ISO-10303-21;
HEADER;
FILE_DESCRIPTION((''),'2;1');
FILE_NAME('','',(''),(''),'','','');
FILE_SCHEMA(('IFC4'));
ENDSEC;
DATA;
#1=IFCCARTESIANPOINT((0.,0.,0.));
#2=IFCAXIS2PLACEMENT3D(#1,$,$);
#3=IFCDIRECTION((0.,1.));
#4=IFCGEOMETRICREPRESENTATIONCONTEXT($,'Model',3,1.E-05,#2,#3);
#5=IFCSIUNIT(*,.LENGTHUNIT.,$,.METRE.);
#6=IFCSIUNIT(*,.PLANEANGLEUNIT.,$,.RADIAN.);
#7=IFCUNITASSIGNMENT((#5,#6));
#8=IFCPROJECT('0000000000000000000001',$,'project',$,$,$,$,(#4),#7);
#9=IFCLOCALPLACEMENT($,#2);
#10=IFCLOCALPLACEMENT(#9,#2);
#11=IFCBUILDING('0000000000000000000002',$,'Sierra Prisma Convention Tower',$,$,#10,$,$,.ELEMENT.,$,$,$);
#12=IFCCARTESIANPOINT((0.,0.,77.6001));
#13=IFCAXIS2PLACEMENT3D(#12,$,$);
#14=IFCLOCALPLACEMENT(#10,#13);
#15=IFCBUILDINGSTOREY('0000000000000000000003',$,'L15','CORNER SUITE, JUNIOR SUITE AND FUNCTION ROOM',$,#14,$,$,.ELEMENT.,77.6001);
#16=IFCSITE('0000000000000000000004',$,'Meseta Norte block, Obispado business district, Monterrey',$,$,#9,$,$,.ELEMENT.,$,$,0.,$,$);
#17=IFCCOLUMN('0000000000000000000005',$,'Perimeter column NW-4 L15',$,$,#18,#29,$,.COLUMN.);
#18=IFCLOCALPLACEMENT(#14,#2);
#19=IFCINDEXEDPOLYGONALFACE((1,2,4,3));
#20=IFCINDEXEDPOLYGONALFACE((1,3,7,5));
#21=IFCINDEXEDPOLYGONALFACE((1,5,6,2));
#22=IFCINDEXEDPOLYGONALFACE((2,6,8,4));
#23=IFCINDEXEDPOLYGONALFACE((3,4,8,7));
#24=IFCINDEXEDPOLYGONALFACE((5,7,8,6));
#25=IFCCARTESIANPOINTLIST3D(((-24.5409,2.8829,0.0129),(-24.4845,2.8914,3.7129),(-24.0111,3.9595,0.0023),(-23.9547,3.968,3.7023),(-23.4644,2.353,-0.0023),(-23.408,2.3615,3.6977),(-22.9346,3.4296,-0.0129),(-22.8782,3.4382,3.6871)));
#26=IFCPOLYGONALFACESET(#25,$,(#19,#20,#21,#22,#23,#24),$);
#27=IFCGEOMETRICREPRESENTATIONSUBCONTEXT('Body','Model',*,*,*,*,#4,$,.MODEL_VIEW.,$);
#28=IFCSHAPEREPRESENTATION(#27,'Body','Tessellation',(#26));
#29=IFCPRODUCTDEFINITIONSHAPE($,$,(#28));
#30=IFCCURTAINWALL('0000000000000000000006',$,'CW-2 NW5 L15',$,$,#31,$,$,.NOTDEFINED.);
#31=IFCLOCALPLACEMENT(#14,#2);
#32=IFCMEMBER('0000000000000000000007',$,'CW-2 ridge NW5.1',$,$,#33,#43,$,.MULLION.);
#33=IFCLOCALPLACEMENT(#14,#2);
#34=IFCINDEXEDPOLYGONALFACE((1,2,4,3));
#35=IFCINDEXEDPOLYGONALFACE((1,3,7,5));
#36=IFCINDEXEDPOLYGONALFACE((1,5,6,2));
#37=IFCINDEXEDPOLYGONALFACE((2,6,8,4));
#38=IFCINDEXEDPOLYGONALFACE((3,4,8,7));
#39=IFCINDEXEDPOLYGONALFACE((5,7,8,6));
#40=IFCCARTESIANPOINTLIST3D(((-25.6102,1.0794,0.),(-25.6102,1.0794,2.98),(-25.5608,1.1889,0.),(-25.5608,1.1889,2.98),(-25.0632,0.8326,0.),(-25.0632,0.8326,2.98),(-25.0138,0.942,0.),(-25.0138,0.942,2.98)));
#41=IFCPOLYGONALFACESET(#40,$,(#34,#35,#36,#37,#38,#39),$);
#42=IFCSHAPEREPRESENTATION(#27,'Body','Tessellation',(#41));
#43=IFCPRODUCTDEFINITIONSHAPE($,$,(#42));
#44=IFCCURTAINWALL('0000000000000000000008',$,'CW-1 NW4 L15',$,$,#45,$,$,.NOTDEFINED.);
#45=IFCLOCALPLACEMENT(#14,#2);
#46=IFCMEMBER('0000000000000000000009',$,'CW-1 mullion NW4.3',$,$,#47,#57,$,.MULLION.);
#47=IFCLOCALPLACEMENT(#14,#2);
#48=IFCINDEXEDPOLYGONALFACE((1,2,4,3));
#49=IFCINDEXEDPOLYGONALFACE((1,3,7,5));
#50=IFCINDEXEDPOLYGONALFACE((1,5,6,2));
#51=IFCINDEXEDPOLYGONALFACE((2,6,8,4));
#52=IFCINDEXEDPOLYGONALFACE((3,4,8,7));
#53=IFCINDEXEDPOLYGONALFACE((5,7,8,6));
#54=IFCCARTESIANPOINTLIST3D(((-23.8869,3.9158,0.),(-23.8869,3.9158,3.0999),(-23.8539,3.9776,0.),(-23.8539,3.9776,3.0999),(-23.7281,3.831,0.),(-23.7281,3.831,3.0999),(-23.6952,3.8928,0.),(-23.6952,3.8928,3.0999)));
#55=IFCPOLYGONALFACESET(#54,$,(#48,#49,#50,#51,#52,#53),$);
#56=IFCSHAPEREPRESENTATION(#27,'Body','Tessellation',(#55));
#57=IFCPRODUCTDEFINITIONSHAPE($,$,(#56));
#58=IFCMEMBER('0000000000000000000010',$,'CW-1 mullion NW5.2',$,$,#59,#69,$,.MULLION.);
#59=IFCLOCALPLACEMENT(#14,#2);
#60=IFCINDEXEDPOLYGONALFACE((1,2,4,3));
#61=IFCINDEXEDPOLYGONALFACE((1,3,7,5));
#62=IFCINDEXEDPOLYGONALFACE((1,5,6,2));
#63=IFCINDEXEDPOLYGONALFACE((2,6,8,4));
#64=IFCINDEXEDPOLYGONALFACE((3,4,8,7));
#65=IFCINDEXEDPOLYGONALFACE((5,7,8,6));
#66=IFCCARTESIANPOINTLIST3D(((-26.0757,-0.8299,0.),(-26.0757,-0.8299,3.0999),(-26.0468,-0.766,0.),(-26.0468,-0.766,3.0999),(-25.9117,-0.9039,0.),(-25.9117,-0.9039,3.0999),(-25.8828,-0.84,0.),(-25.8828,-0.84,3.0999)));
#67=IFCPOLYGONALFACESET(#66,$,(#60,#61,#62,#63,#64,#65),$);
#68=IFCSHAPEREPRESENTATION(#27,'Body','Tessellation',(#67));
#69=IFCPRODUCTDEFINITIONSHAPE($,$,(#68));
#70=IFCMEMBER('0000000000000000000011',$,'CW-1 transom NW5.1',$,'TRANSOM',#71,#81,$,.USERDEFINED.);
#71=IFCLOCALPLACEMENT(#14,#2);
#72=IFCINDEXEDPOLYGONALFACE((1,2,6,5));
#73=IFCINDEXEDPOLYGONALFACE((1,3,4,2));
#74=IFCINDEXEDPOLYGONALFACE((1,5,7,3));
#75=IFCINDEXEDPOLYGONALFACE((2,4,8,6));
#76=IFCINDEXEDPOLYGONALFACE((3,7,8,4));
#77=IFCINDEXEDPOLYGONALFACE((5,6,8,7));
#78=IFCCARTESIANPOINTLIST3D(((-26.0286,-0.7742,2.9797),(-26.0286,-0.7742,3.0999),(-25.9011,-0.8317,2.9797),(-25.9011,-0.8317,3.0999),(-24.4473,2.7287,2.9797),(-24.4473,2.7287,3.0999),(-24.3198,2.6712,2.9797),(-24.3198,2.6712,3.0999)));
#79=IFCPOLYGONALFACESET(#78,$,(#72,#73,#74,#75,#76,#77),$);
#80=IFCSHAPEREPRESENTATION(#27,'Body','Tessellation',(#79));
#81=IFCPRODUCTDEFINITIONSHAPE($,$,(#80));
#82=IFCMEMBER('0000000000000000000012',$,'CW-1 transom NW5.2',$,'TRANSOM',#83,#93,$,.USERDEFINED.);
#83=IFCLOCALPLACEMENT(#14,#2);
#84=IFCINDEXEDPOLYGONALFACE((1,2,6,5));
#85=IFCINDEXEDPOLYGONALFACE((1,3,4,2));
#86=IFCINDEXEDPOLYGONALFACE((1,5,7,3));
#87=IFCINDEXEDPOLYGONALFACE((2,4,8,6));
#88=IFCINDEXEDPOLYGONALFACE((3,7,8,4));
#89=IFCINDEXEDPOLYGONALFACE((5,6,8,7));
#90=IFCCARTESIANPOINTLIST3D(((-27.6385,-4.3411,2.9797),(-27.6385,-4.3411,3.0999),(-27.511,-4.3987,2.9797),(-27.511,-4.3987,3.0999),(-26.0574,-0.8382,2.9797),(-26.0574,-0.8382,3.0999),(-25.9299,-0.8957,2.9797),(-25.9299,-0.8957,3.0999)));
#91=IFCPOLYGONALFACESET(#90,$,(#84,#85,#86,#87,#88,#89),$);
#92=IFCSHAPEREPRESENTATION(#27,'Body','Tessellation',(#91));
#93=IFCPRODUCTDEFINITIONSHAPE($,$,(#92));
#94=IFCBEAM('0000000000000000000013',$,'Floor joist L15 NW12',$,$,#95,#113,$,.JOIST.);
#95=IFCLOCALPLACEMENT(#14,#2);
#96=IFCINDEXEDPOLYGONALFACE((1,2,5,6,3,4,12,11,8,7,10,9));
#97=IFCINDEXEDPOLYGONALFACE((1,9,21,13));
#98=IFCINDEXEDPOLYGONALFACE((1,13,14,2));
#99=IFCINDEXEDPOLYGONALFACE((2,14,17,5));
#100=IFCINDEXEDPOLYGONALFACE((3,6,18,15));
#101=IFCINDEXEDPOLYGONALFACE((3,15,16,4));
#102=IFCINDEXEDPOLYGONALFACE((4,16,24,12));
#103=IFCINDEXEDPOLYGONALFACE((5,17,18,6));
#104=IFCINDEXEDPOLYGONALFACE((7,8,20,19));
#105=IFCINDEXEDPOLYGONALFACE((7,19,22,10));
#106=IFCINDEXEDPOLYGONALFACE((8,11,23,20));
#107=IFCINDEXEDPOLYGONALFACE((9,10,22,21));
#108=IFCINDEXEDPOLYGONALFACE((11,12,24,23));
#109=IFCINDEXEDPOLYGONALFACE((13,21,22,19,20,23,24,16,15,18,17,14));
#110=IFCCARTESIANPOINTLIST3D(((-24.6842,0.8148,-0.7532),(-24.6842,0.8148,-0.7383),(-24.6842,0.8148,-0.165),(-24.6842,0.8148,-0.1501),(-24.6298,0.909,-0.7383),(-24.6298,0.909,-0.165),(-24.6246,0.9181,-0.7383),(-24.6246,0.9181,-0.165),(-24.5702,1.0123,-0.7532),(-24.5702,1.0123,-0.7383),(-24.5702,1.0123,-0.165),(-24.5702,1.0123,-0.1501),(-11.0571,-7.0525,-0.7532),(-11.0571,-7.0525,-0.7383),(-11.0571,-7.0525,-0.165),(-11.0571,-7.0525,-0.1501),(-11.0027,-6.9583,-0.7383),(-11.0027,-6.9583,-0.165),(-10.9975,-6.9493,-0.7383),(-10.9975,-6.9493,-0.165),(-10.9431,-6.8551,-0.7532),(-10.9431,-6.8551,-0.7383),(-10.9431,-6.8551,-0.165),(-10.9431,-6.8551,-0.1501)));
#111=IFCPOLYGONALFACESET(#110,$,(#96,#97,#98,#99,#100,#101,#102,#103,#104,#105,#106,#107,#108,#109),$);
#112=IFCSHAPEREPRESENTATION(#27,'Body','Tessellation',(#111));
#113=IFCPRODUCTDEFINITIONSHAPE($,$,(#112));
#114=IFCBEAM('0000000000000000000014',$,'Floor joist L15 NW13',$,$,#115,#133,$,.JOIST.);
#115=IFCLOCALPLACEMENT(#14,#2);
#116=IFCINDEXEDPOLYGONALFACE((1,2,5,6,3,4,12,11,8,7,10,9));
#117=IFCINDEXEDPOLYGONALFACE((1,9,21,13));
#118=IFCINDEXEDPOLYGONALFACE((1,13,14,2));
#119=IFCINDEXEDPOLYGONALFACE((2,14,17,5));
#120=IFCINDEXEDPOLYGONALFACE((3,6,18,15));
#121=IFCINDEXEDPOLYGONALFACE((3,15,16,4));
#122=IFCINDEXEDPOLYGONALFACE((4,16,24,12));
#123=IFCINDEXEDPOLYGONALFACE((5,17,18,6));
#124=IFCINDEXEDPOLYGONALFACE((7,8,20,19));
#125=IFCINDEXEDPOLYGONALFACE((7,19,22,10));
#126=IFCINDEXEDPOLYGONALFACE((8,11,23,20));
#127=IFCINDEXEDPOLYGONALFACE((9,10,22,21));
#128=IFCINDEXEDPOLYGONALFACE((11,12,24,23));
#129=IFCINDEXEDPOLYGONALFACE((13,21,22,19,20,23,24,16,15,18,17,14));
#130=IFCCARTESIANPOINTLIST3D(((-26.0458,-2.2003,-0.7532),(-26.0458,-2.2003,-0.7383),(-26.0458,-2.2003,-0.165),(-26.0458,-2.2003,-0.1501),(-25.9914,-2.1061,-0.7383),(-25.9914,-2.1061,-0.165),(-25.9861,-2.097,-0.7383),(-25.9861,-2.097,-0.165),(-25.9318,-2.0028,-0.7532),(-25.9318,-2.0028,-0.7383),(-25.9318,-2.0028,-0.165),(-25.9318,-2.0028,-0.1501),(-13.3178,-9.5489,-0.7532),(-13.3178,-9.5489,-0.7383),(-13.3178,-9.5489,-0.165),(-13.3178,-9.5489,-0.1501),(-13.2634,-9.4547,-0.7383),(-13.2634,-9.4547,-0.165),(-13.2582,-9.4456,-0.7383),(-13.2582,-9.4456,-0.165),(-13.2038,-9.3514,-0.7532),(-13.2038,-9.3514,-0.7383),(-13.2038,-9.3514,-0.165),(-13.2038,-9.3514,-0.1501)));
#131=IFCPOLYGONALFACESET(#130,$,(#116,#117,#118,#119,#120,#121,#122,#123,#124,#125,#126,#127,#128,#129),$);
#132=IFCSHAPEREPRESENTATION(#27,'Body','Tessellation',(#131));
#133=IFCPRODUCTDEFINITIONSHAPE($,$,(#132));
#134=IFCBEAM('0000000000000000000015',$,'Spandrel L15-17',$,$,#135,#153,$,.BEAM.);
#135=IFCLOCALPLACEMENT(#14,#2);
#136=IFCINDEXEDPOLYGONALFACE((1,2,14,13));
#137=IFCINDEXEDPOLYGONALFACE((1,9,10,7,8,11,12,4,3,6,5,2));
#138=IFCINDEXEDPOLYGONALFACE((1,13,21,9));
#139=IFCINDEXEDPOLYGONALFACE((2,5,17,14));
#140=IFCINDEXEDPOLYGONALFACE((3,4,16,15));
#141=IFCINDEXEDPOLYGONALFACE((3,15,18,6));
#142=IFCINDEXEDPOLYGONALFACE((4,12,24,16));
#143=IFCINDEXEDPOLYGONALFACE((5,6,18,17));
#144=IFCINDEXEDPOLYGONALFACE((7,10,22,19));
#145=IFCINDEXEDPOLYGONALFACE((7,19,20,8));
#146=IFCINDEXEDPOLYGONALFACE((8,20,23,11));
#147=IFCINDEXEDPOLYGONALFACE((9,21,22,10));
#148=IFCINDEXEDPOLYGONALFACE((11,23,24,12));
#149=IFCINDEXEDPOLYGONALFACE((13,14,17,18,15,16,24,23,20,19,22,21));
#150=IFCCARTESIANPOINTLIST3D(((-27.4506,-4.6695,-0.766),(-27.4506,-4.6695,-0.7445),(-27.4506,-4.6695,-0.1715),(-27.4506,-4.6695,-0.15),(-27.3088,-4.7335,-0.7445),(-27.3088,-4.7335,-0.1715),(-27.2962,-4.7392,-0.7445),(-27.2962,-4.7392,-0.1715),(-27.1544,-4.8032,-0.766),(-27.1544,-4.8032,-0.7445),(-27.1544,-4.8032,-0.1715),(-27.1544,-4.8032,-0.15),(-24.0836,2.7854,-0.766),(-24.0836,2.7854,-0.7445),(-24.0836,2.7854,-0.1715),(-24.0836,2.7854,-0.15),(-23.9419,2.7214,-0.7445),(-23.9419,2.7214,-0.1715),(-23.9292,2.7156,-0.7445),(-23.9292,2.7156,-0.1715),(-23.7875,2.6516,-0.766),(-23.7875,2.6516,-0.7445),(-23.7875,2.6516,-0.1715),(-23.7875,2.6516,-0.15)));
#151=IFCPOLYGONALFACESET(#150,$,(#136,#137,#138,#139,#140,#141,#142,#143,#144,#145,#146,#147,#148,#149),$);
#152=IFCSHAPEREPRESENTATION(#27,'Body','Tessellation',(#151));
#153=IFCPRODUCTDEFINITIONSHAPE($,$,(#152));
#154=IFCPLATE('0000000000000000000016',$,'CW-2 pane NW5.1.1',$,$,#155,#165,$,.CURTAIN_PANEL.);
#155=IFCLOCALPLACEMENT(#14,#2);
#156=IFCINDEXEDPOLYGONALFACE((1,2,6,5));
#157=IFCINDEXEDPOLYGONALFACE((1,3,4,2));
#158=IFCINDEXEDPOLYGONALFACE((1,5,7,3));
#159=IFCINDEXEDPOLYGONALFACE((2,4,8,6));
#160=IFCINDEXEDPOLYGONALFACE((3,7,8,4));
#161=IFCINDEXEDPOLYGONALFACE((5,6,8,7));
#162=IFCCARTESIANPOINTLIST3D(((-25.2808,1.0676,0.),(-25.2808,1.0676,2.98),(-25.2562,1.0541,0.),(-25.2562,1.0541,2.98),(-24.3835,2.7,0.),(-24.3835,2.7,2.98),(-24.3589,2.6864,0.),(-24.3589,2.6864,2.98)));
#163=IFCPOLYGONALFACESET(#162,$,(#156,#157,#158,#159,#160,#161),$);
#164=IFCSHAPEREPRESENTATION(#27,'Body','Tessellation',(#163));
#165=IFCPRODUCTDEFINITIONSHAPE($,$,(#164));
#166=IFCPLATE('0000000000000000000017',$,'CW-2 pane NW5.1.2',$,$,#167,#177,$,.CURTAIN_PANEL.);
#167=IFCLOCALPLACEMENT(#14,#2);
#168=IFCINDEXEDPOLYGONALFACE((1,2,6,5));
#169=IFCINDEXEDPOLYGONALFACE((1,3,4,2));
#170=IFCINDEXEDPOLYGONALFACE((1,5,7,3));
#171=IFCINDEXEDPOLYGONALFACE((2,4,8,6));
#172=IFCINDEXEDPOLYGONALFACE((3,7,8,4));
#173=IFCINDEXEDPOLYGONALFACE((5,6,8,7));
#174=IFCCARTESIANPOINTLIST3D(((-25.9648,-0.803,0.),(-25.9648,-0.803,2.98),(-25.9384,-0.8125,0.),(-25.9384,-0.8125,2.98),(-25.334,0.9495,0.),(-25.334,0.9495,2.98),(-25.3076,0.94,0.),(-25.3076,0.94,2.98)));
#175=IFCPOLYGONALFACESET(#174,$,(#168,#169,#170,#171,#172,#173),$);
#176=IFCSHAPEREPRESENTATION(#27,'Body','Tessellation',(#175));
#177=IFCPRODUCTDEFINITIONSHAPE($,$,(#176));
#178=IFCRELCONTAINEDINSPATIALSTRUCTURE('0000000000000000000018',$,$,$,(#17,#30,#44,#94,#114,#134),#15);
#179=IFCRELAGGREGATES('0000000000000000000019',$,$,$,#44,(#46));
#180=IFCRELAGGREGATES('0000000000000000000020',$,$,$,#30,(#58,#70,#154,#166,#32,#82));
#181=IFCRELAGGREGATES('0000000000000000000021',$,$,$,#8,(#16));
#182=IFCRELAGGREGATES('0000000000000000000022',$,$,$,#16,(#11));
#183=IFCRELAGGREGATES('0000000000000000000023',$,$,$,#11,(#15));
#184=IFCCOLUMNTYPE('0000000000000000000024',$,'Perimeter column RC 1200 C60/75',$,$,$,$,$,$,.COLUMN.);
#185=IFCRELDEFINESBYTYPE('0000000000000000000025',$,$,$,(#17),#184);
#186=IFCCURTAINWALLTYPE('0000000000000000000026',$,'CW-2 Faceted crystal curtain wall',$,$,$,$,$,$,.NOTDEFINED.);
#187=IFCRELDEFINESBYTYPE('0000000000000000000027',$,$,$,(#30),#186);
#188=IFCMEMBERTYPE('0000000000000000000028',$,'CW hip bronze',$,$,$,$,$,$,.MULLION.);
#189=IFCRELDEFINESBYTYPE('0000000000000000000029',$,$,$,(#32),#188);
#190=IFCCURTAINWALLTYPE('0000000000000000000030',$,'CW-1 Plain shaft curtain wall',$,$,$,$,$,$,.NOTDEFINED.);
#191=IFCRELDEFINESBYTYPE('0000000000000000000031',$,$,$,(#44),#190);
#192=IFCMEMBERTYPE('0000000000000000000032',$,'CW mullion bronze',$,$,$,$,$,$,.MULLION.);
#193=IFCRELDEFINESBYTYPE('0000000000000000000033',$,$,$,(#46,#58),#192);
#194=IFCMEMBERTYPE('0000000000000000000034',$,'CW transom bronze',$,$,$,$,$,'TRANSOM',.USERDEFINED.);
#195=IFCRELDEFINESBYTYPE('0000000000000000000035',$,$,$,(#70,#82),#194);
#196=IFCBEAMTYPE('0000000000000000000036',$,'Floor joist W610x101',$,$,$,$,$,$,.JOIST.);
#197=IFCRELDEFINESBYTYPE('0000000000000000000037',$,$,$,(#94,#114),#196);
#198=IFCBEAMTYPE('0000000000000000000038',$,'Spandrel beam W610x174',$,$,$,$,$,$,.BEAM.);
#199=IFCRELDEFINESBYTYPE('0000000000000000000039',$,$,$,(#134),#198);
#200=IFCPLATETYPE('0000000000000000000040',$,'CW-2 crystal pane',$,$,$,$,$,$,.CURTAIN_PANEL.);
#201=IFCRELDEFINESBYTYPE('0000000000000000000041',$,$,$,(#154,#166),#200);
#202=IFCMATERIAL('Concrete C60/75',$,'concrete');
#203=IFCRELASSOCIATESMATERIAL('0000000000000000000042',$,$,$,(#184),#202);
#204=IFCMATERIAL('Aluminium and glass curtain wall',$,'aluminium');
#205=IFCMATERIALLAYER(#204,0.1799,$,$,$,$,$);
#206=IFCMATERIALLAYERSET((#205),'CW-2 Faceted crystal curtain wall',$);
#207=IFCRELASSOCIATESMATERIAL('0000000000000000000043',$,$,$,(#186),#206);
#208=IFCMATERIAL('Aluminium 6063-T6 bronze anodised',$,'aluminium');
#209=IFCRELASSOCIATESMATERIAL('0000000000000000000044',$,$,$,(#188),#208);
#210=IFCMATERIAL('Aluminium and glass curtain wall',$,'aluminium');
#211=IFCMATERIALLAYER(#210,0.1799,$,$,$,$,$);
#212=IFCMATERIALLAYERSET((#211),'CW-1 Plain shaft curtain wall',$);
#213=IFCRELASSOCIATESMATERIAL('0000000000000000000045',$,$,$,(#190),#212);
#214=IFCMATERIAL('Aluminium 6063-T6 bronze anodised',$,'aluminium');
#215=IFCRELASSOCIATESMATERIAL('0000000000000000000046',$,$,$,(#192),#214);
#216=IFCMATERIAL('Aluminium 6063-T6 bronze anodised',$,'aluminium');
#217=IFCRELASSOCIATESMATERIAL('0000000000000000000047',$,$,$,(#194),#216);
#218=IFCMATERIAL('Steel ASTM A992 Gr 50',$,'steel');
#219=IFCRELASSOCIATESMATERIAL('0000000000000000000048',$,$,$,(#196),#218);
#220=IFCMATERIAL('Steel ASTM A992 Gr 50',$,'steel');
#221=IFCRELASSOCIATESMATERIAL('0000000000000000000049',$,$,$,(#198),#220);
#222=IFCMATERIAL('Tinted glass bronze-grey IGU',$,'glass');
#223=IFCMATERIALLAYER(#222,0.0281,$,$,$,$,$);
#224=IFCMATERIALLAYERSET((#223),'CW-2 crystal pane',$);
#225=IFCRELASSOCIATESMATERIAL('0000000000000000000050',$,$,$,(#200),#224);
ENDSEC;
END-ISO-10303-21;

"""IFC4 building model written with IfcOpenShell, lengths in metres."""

from ifc_helpers import new_model, si_unit, direction, frame, origin, origin_2d, place, context, subcontext, project, spatial, polyline, rectangle, i_section, outline, extrude, material, layer, layer_set, material_profile, profile_set, type_object, element, aggregate, save


model = new_model("IFC4")

# Units and contexts
model_context = context("Model", 3, precision=1e-05, world=origin(), true_north=direction((0.0, 1.0)))
body_context = subcontext(model_context, "Body", "Model", "MODEL_VIEW")
ifc_project = project(units=[si_unit("LENGTHUNIT", "METRE"), si_unit("PLANEANGLEUNIT", "RADIAN")], contexts=[model_context])

# Site, building, storey
site_placement = place(None, origin())
site = spatial("IfcSite", under=ifc_project, at=site_placement, Name="Meseta Norte block, Obispado business district, Monterrey", CompositionType="ELEMENT", RefElevation=0.0)
building_placement = place(site_placement, origin())
building = spatial("IfcBuilding", under=site, at=building_placement, Name="Sierra Prisma Convention Tower", CompositionType="ELEMENT")
storey_placement = place(building_placement, frame((0.0, 0.0, 77.6001)))
storey = spatial("IfcBuildingStorey", under=building, at=storey_placement, Name="L15", Description="CORNER SUITE, JUNIOR SUITE AND FUNCTION ROOM", CompositionType="ELEMENT", Elevation=77.6001)

# Column
ifc_material_1 = material(Name="Concrete C60/75", Category="concrete")
ifc_material_profile_1 = material_profile(ifc_material_1, rectangle(XDim=1.2, YDim=1.2, at=origin_2d()), Name="Perimeter column RC 1200 C60/75")
ifc_profile_set_1 = profile_set([ifc_material_profile_1], Name="Concrete C60/75")
column_type = type_object("IfcColumnType", Name="Perimeter column RC 1200 C60/75", PredefinedType="COLUMN", material=ifc_profile_set_1)
column_placement = place(storey_placement, frame((-23.7378, 3.1562, 0.0), z_axis=(0.015241, 0.002309, 0.999881), x_axis=(0.441517, 0.89721, -0.008802)))
element("IfcColumn", 1, at=column_placement, inside=storey, type_object=column_type, Name="Perimeter column NW-4 L15", PredefinedType="COLUMN", context=body_context, shape_type="SweptSolid", body=[
    extrude(rectangle(XDim=1.2, YDim=1.2, at=origin_2d()), origin(), (0.0, 0.0, 1.0), 3.7004),
])

# Curtain walls, members
ifc_material_2 = material(Name="Aluminium and glass curtain wall", Category="aluminium")
ifc_layer_1 = layer(ifc_material_2, 0.1799)
ifc_layer_set_1 = layer_set([ifc_layer_1], Name="CW-2 Faceted crystal curtain wall")
curtain_wall_type_1 = type_object("IfcCurtainWallType", Name="CW-2 Faceted crystal curtain wall", PredefinedType="NOTDEFINED", material=ifc_layer_set_1)
curtain_wall_1_placement = place(storey_placement, origin())
curtain_wall_1 = element("IfcCurtainWall", 2, at=curtain_wall_1_placement, inside=storey, type_object=curtain_wall_type_1, Name="CW-2 NW5 L15", PredefinedType="NOTDEFINED")
ifc_material_3 = material(Name="Aluminium 6063-T6 bronze anodised", Category="aluminium")
ifc_material_profile_2 = material_profile(ifc_material_3, rectangle(XDim=0.1201, YDim=0.6001, at=origin_2d()), Name="ALU RIDGE BLADE 120x600")
ifc_profile_set_2 = profile_set([ifc_material_profile_2], Name="Aluminium 6063-T6 bronze anodised")
member_type_1 = type_object("IfcMemberType", Name="CW hip bronze", PredefinedType="MULLION", material=ifc_profile_set_2)
member_1_placement = place(storey_placement, frame((-25.312, 1.0107, 0.0), z_axis=(0.0, 0.0, 1.0), x_axis=(-0.411426, -0.911443, 0.0)))
member_1 = element("IfcMember", 3, at=member_1_placement, type_object=member_type_1, Name="CW-2 ridge NW5.1", PredefinedType="MULLION", context=body_context, shape_type="SweptSolid", body=[
    extrude(rectangle(XDim=0.1201, YDim=0.6001, at=origin_2d()), origin(), (0.0, 0.0, 1.0), 2.98),
])
ifc_material_4 = material(Name="Aluminium and glass curtain wall", Category="aluminium")
ifc_layer_2 = layer(ifc_material_4, 0.1799)
ifc_layer_set_2 = layer_set([ifc_layer_2], Name="CW-1 Plain shaft curtain wall")
curtain_wall_type_2 = type_object("IfcCurtainWallType", Name="CW-1 Plain shaft curtain wall", PredefinedType="NOTDEFINED", material=ifc_layer_set_2)
curtain_wall_2_placement = place(storey_placement, origin())
curtain_wall_2 = element("IfcCurtainWall", 4, at=curtain_wall_2_placement, inside=storey, type_object=curtain_wall_type_2, Name="CW-1 NW4 L15", PredefinedType="NOTDEFINED")
ifc_material_5 = material(Name="Aluminium 6063-T6 bronze anodised", Category="aluminium")
ifc_material_profile_3 = material_profile(ifc_material_5, rectangle(XDim=0.1799, YDim=0.0701, at=origin_2d()), Name="ALU MULLION 70x180")
ifc_profile_set_3 = profile_set([ifc_material_profile_3], Name="Aluminium 6063-T6 bronze anodised")
member_type_2 = type_object("IfcMemberType", Name="CW mullion bronze", PredefinedType="MULLION", material=ifc_profile_set_3)
member_2_placement = place(storey_placement, frame((-23.791, 3.9043, 0.0), z_axis=(0.0, 0.0, 1.0), x_axis=(0.882184, -0.470904, 0.0)))
member_2 = element("IfcMember", 5, at=member_2_placement, type_object=member_type_2, Name="CW-1 mullion NW4.3", PredefinedType="MULLION", context=body_context, shape_type="SweptSolid", body=[
    extrude(rectangle(XDim=0.1799, YDim=0.0701, at=origin_2d()), origin(), (0.0, 0.0, 1.0), 3.0999),
])
aggregate(curtain_wall_2, [member_2])

# Members
member_3_placement = place(storey_placement, frame((-25.9792, -0.835, 0.0), z_axis=(0.0, 0.0, 1.0), x_axis=(0.911443, -0.411426, 0.0)))
member_3 = element("IfcMember", 6, at=member_3_placement, type_object=member_type_2, Name="CW-1 mullion NW5.2", PredefinedType="MULLION", context=body_context, shape_type="SweptSolid", body=[
    extrude(rectangle(XDim=0.1799, YDim=0.0701, at=origin_2d()), origin(), (0.0, 0.0, 1.0), 3.0999),
])
ifc_material_6 = material(Name="Aluminium 6063-T6 bronze anodised", Category="aluminium")
ifc_material_profile_4 = material_profile(ifc_material_6, rectangle(XDim=0.1399, YDim=0.1201, at=origin_2d()), Name="ALU TRANSOM 120x140")
ifc_profile_set_4 = profile_set([ifc_material_profile_4], Name="Aluminium 6063-T6 bronze anodised")
member_type_3 = type_object("IfcMemberType", Name="CW transom bronze", ElementType="TRANSOM", PredefinedType="USERDEFINED", material=ifc_profile_set_4)
member_4_placement = place(storey_placement, frame((-24.3835, 2.7, 3.0398), z_axis=(-0.411442, -0.911436, 0.0), x_axis=(0.911436, -0.411442, 0.0)))
member_4 = element("IfcMember", 7, at=member_4_placement, type_object=member_type_3, Name="CW-1 transom NW5.1", ObjectType="TRANSOM", PredefinedType="USERDEFINED", context=body_context, shape_type="SweptSolid", body=[
    extrude(rectangle(XDim=0.1399, YDim=0.1201, at=origin_2d()), origin(), (0.0, 0.0, 1.0), 3.8433),
])
member_5_placement = place(storey_placement, frame((-25.9937, -0.8669, 3.0398), z_axis=(-0.411389, -0.91146, 0.0), x_axis=(0.91146, -0.411389, 0.0)))
member_5 = element("IfcMember", 8, at=member_5_placement, type_object=member_type_3, Name="CW-1 transom NW5.2", ObjectType="TRANSOM", PredefinedType="USERDEFINED", context=body_context, shape_type="SweptSolid", body=[
    extrude(rectangle(XDim=0.1399, YDim=0.1201, at=origin_2d()), origin(), (0.0, 0.0, 1.0), 3.8433),
])

# Beams
ifc_material_7 = material(Name="Steel ASTM A992 Gr 50", Category="steel")
ifc_material_profile_5 = material_profile(ifc_material_7, i_section(OverallWidth=0.228, OverallDepth=0.603, WebThickness=0.0105, FlangeThickness=0.0149, at=origin_2d()), Name="W610x101")
ifc_profile_set_5 = profile_set([ifc_material_profile_5], Name="Steel ASTM A992 Gr 50")
beam_type_1 = type_object("IfcBeamType", Name="Floor joist W610x101", PredefinedType="JOIST", material=ifc_profile_set_5)
beam_1_placement = place(storey_placement, frame((-24.6272, 0.9136, -0.4517), z_axis=(0.866032, -0.499989, 0.0), x_axis=(0.499989, 0.866032, 0.0)))
element("IfcBeam", 9, at=beam_1_placement, inside=storey, type_object=beam_type_1, Name="Floor joist L15 NW12", PredefinedType="JOIST", context=body_context, shape_type="SweptSolid", body=[
    extrude(i_section(OverallWidth=0.228, OverallDepth=0.603, WebThickness=0.0105, FlangeThickness=0.0149, at=origin_2d()), origin(), (0.0, 0.0, 1.0), 15.7351),
])
beam_2_placement = place(storey_placement, frame((-25.9888, -2.1016, -0.4517), z_axis=(0.866022, -0.500005, 0.0), x_axis=(0.500005, 0.866022, 0.0)))
element("IfcBeam", 10, at=beam_2_placement, inside=storey, type_object=beam_type_1, Name="Floor joist L15 NW13", PredefinedType="JOIST", context=body_context, shape_type="SweptSolid", body=[
    extrude(i_section(OverallWidth=0.228, OverallDepth=0.603, WebThickness=0.0105, FlangeThickness=0.0149, at=origin_2d()), origin(), (0.0, 0.0, 1.0), 14.697),
])
ifc_material_8 = material(Name="Steel ASTM A992 Gr 50", Category="steel")
ifc_material_profile_6 = material_profile(ifc_material_8, i_section(OverallWidth=0.325, OverallDepth=0.616, WebThickness=0.0139, FlangeThickness=0.0215, at=origin_2d()), Name="W610x174")
ifc_profile_set_6 = profile_set([ifc_material_profile_6], Name="Steel ASTM A992 Gr 50")
beam_type_2 = type_object("IfcBeamType", Name="Spandrel beam W610x174", PredefinedType="BEAM", material=ifc_profile_set_6)
beam_3_placement = place(storey_placement, frame((-23.9355, 2.7185, -0.458), z_axis=(-0.411612, -0.911359, 0.0), x_axis=(0.911359, -0.411612, 0.0)))
element("IfcBeam", 11, at=beam_3_placement, inside=storey, type_object=beam_type_2, Name="Spandrel L15-17", PredefinedType="BEAM", context=body_context, shape_type="SweptSolid", body=[
    extrude(i_section(OverallWidth=0.325, OverallDepth=0.616, WebThickness=0.0139, FlangeThickness=0.0215, at=origin_2d()), origin(), (0.0, 0.0, 1.0), 8.1799),
])

# Plates
ifc_material_9 = material(Name="Tinted glass bronze-grey IGU", Category="glass")
ifc_layer_3 = layer(ifc_material_9, 0.0281)
ifc_layer_set_3 = layer_set([ifc_layer_3], Name="CW-2 crystal pane")
plate_type = type_object("IfcPlateType", Name="CW-2 crystal pane", PredefinedType="CURTAIN_PANEL", material=ifc_layer_set_3)
plate_1_placement = place(storey_placement, frame((-24.3835, 2.7, 0.0), z_axis=(-0.876343, 0.481687, 0.0), x_axis=(-0.481687, -0.876343, 0.0)))
plate_1 = element("IfcPlate", 12, at=plate_1_placement, type_object=plate_type, Name="CW-2 pane NW5.1.1", PredefinedType="CURTAIN_PANEL", context=body_context, shape_type="SweptSolid", body=[
    extrude(outline(polyline([(0.0, 0.0), (1.8627, 0.0), (1.8627, 2.98), (0.0, 2.98), (0.0, 0.0)])), origin(), (0.0, 0.0, -1.0), 0.0281),
])
plate_2_placement = place(storey_placement, frame((-25.9648, -0.803, 0.0), z_axis=(-0.940891, 0.33871, 0.0), x_axis=(0.33871, 0.940891, 0.0)))
plate_2 = element("IfcPlate", 13, at=plate_2_placement, type_object=plate_type, Name="CW-2 pane NW5.1.2", PredefinedType="CURTAIN_PANEL", context=body_context, shape_type="SweptSolid", body=[
    extrude(outline(polyline([(0.0, 0.0), (1.8625, 0.0), (1.8625, -2.98), (0.0, -2.98), (0.0, 0.0)])), origin(), (0.0, 0.0, -1.0), 0.0281),
])
aggregate(curtain_wall_1, [member_3, member_4, plate_1, plate_2, member_1, member_5])

save(model, "model.ifc")
